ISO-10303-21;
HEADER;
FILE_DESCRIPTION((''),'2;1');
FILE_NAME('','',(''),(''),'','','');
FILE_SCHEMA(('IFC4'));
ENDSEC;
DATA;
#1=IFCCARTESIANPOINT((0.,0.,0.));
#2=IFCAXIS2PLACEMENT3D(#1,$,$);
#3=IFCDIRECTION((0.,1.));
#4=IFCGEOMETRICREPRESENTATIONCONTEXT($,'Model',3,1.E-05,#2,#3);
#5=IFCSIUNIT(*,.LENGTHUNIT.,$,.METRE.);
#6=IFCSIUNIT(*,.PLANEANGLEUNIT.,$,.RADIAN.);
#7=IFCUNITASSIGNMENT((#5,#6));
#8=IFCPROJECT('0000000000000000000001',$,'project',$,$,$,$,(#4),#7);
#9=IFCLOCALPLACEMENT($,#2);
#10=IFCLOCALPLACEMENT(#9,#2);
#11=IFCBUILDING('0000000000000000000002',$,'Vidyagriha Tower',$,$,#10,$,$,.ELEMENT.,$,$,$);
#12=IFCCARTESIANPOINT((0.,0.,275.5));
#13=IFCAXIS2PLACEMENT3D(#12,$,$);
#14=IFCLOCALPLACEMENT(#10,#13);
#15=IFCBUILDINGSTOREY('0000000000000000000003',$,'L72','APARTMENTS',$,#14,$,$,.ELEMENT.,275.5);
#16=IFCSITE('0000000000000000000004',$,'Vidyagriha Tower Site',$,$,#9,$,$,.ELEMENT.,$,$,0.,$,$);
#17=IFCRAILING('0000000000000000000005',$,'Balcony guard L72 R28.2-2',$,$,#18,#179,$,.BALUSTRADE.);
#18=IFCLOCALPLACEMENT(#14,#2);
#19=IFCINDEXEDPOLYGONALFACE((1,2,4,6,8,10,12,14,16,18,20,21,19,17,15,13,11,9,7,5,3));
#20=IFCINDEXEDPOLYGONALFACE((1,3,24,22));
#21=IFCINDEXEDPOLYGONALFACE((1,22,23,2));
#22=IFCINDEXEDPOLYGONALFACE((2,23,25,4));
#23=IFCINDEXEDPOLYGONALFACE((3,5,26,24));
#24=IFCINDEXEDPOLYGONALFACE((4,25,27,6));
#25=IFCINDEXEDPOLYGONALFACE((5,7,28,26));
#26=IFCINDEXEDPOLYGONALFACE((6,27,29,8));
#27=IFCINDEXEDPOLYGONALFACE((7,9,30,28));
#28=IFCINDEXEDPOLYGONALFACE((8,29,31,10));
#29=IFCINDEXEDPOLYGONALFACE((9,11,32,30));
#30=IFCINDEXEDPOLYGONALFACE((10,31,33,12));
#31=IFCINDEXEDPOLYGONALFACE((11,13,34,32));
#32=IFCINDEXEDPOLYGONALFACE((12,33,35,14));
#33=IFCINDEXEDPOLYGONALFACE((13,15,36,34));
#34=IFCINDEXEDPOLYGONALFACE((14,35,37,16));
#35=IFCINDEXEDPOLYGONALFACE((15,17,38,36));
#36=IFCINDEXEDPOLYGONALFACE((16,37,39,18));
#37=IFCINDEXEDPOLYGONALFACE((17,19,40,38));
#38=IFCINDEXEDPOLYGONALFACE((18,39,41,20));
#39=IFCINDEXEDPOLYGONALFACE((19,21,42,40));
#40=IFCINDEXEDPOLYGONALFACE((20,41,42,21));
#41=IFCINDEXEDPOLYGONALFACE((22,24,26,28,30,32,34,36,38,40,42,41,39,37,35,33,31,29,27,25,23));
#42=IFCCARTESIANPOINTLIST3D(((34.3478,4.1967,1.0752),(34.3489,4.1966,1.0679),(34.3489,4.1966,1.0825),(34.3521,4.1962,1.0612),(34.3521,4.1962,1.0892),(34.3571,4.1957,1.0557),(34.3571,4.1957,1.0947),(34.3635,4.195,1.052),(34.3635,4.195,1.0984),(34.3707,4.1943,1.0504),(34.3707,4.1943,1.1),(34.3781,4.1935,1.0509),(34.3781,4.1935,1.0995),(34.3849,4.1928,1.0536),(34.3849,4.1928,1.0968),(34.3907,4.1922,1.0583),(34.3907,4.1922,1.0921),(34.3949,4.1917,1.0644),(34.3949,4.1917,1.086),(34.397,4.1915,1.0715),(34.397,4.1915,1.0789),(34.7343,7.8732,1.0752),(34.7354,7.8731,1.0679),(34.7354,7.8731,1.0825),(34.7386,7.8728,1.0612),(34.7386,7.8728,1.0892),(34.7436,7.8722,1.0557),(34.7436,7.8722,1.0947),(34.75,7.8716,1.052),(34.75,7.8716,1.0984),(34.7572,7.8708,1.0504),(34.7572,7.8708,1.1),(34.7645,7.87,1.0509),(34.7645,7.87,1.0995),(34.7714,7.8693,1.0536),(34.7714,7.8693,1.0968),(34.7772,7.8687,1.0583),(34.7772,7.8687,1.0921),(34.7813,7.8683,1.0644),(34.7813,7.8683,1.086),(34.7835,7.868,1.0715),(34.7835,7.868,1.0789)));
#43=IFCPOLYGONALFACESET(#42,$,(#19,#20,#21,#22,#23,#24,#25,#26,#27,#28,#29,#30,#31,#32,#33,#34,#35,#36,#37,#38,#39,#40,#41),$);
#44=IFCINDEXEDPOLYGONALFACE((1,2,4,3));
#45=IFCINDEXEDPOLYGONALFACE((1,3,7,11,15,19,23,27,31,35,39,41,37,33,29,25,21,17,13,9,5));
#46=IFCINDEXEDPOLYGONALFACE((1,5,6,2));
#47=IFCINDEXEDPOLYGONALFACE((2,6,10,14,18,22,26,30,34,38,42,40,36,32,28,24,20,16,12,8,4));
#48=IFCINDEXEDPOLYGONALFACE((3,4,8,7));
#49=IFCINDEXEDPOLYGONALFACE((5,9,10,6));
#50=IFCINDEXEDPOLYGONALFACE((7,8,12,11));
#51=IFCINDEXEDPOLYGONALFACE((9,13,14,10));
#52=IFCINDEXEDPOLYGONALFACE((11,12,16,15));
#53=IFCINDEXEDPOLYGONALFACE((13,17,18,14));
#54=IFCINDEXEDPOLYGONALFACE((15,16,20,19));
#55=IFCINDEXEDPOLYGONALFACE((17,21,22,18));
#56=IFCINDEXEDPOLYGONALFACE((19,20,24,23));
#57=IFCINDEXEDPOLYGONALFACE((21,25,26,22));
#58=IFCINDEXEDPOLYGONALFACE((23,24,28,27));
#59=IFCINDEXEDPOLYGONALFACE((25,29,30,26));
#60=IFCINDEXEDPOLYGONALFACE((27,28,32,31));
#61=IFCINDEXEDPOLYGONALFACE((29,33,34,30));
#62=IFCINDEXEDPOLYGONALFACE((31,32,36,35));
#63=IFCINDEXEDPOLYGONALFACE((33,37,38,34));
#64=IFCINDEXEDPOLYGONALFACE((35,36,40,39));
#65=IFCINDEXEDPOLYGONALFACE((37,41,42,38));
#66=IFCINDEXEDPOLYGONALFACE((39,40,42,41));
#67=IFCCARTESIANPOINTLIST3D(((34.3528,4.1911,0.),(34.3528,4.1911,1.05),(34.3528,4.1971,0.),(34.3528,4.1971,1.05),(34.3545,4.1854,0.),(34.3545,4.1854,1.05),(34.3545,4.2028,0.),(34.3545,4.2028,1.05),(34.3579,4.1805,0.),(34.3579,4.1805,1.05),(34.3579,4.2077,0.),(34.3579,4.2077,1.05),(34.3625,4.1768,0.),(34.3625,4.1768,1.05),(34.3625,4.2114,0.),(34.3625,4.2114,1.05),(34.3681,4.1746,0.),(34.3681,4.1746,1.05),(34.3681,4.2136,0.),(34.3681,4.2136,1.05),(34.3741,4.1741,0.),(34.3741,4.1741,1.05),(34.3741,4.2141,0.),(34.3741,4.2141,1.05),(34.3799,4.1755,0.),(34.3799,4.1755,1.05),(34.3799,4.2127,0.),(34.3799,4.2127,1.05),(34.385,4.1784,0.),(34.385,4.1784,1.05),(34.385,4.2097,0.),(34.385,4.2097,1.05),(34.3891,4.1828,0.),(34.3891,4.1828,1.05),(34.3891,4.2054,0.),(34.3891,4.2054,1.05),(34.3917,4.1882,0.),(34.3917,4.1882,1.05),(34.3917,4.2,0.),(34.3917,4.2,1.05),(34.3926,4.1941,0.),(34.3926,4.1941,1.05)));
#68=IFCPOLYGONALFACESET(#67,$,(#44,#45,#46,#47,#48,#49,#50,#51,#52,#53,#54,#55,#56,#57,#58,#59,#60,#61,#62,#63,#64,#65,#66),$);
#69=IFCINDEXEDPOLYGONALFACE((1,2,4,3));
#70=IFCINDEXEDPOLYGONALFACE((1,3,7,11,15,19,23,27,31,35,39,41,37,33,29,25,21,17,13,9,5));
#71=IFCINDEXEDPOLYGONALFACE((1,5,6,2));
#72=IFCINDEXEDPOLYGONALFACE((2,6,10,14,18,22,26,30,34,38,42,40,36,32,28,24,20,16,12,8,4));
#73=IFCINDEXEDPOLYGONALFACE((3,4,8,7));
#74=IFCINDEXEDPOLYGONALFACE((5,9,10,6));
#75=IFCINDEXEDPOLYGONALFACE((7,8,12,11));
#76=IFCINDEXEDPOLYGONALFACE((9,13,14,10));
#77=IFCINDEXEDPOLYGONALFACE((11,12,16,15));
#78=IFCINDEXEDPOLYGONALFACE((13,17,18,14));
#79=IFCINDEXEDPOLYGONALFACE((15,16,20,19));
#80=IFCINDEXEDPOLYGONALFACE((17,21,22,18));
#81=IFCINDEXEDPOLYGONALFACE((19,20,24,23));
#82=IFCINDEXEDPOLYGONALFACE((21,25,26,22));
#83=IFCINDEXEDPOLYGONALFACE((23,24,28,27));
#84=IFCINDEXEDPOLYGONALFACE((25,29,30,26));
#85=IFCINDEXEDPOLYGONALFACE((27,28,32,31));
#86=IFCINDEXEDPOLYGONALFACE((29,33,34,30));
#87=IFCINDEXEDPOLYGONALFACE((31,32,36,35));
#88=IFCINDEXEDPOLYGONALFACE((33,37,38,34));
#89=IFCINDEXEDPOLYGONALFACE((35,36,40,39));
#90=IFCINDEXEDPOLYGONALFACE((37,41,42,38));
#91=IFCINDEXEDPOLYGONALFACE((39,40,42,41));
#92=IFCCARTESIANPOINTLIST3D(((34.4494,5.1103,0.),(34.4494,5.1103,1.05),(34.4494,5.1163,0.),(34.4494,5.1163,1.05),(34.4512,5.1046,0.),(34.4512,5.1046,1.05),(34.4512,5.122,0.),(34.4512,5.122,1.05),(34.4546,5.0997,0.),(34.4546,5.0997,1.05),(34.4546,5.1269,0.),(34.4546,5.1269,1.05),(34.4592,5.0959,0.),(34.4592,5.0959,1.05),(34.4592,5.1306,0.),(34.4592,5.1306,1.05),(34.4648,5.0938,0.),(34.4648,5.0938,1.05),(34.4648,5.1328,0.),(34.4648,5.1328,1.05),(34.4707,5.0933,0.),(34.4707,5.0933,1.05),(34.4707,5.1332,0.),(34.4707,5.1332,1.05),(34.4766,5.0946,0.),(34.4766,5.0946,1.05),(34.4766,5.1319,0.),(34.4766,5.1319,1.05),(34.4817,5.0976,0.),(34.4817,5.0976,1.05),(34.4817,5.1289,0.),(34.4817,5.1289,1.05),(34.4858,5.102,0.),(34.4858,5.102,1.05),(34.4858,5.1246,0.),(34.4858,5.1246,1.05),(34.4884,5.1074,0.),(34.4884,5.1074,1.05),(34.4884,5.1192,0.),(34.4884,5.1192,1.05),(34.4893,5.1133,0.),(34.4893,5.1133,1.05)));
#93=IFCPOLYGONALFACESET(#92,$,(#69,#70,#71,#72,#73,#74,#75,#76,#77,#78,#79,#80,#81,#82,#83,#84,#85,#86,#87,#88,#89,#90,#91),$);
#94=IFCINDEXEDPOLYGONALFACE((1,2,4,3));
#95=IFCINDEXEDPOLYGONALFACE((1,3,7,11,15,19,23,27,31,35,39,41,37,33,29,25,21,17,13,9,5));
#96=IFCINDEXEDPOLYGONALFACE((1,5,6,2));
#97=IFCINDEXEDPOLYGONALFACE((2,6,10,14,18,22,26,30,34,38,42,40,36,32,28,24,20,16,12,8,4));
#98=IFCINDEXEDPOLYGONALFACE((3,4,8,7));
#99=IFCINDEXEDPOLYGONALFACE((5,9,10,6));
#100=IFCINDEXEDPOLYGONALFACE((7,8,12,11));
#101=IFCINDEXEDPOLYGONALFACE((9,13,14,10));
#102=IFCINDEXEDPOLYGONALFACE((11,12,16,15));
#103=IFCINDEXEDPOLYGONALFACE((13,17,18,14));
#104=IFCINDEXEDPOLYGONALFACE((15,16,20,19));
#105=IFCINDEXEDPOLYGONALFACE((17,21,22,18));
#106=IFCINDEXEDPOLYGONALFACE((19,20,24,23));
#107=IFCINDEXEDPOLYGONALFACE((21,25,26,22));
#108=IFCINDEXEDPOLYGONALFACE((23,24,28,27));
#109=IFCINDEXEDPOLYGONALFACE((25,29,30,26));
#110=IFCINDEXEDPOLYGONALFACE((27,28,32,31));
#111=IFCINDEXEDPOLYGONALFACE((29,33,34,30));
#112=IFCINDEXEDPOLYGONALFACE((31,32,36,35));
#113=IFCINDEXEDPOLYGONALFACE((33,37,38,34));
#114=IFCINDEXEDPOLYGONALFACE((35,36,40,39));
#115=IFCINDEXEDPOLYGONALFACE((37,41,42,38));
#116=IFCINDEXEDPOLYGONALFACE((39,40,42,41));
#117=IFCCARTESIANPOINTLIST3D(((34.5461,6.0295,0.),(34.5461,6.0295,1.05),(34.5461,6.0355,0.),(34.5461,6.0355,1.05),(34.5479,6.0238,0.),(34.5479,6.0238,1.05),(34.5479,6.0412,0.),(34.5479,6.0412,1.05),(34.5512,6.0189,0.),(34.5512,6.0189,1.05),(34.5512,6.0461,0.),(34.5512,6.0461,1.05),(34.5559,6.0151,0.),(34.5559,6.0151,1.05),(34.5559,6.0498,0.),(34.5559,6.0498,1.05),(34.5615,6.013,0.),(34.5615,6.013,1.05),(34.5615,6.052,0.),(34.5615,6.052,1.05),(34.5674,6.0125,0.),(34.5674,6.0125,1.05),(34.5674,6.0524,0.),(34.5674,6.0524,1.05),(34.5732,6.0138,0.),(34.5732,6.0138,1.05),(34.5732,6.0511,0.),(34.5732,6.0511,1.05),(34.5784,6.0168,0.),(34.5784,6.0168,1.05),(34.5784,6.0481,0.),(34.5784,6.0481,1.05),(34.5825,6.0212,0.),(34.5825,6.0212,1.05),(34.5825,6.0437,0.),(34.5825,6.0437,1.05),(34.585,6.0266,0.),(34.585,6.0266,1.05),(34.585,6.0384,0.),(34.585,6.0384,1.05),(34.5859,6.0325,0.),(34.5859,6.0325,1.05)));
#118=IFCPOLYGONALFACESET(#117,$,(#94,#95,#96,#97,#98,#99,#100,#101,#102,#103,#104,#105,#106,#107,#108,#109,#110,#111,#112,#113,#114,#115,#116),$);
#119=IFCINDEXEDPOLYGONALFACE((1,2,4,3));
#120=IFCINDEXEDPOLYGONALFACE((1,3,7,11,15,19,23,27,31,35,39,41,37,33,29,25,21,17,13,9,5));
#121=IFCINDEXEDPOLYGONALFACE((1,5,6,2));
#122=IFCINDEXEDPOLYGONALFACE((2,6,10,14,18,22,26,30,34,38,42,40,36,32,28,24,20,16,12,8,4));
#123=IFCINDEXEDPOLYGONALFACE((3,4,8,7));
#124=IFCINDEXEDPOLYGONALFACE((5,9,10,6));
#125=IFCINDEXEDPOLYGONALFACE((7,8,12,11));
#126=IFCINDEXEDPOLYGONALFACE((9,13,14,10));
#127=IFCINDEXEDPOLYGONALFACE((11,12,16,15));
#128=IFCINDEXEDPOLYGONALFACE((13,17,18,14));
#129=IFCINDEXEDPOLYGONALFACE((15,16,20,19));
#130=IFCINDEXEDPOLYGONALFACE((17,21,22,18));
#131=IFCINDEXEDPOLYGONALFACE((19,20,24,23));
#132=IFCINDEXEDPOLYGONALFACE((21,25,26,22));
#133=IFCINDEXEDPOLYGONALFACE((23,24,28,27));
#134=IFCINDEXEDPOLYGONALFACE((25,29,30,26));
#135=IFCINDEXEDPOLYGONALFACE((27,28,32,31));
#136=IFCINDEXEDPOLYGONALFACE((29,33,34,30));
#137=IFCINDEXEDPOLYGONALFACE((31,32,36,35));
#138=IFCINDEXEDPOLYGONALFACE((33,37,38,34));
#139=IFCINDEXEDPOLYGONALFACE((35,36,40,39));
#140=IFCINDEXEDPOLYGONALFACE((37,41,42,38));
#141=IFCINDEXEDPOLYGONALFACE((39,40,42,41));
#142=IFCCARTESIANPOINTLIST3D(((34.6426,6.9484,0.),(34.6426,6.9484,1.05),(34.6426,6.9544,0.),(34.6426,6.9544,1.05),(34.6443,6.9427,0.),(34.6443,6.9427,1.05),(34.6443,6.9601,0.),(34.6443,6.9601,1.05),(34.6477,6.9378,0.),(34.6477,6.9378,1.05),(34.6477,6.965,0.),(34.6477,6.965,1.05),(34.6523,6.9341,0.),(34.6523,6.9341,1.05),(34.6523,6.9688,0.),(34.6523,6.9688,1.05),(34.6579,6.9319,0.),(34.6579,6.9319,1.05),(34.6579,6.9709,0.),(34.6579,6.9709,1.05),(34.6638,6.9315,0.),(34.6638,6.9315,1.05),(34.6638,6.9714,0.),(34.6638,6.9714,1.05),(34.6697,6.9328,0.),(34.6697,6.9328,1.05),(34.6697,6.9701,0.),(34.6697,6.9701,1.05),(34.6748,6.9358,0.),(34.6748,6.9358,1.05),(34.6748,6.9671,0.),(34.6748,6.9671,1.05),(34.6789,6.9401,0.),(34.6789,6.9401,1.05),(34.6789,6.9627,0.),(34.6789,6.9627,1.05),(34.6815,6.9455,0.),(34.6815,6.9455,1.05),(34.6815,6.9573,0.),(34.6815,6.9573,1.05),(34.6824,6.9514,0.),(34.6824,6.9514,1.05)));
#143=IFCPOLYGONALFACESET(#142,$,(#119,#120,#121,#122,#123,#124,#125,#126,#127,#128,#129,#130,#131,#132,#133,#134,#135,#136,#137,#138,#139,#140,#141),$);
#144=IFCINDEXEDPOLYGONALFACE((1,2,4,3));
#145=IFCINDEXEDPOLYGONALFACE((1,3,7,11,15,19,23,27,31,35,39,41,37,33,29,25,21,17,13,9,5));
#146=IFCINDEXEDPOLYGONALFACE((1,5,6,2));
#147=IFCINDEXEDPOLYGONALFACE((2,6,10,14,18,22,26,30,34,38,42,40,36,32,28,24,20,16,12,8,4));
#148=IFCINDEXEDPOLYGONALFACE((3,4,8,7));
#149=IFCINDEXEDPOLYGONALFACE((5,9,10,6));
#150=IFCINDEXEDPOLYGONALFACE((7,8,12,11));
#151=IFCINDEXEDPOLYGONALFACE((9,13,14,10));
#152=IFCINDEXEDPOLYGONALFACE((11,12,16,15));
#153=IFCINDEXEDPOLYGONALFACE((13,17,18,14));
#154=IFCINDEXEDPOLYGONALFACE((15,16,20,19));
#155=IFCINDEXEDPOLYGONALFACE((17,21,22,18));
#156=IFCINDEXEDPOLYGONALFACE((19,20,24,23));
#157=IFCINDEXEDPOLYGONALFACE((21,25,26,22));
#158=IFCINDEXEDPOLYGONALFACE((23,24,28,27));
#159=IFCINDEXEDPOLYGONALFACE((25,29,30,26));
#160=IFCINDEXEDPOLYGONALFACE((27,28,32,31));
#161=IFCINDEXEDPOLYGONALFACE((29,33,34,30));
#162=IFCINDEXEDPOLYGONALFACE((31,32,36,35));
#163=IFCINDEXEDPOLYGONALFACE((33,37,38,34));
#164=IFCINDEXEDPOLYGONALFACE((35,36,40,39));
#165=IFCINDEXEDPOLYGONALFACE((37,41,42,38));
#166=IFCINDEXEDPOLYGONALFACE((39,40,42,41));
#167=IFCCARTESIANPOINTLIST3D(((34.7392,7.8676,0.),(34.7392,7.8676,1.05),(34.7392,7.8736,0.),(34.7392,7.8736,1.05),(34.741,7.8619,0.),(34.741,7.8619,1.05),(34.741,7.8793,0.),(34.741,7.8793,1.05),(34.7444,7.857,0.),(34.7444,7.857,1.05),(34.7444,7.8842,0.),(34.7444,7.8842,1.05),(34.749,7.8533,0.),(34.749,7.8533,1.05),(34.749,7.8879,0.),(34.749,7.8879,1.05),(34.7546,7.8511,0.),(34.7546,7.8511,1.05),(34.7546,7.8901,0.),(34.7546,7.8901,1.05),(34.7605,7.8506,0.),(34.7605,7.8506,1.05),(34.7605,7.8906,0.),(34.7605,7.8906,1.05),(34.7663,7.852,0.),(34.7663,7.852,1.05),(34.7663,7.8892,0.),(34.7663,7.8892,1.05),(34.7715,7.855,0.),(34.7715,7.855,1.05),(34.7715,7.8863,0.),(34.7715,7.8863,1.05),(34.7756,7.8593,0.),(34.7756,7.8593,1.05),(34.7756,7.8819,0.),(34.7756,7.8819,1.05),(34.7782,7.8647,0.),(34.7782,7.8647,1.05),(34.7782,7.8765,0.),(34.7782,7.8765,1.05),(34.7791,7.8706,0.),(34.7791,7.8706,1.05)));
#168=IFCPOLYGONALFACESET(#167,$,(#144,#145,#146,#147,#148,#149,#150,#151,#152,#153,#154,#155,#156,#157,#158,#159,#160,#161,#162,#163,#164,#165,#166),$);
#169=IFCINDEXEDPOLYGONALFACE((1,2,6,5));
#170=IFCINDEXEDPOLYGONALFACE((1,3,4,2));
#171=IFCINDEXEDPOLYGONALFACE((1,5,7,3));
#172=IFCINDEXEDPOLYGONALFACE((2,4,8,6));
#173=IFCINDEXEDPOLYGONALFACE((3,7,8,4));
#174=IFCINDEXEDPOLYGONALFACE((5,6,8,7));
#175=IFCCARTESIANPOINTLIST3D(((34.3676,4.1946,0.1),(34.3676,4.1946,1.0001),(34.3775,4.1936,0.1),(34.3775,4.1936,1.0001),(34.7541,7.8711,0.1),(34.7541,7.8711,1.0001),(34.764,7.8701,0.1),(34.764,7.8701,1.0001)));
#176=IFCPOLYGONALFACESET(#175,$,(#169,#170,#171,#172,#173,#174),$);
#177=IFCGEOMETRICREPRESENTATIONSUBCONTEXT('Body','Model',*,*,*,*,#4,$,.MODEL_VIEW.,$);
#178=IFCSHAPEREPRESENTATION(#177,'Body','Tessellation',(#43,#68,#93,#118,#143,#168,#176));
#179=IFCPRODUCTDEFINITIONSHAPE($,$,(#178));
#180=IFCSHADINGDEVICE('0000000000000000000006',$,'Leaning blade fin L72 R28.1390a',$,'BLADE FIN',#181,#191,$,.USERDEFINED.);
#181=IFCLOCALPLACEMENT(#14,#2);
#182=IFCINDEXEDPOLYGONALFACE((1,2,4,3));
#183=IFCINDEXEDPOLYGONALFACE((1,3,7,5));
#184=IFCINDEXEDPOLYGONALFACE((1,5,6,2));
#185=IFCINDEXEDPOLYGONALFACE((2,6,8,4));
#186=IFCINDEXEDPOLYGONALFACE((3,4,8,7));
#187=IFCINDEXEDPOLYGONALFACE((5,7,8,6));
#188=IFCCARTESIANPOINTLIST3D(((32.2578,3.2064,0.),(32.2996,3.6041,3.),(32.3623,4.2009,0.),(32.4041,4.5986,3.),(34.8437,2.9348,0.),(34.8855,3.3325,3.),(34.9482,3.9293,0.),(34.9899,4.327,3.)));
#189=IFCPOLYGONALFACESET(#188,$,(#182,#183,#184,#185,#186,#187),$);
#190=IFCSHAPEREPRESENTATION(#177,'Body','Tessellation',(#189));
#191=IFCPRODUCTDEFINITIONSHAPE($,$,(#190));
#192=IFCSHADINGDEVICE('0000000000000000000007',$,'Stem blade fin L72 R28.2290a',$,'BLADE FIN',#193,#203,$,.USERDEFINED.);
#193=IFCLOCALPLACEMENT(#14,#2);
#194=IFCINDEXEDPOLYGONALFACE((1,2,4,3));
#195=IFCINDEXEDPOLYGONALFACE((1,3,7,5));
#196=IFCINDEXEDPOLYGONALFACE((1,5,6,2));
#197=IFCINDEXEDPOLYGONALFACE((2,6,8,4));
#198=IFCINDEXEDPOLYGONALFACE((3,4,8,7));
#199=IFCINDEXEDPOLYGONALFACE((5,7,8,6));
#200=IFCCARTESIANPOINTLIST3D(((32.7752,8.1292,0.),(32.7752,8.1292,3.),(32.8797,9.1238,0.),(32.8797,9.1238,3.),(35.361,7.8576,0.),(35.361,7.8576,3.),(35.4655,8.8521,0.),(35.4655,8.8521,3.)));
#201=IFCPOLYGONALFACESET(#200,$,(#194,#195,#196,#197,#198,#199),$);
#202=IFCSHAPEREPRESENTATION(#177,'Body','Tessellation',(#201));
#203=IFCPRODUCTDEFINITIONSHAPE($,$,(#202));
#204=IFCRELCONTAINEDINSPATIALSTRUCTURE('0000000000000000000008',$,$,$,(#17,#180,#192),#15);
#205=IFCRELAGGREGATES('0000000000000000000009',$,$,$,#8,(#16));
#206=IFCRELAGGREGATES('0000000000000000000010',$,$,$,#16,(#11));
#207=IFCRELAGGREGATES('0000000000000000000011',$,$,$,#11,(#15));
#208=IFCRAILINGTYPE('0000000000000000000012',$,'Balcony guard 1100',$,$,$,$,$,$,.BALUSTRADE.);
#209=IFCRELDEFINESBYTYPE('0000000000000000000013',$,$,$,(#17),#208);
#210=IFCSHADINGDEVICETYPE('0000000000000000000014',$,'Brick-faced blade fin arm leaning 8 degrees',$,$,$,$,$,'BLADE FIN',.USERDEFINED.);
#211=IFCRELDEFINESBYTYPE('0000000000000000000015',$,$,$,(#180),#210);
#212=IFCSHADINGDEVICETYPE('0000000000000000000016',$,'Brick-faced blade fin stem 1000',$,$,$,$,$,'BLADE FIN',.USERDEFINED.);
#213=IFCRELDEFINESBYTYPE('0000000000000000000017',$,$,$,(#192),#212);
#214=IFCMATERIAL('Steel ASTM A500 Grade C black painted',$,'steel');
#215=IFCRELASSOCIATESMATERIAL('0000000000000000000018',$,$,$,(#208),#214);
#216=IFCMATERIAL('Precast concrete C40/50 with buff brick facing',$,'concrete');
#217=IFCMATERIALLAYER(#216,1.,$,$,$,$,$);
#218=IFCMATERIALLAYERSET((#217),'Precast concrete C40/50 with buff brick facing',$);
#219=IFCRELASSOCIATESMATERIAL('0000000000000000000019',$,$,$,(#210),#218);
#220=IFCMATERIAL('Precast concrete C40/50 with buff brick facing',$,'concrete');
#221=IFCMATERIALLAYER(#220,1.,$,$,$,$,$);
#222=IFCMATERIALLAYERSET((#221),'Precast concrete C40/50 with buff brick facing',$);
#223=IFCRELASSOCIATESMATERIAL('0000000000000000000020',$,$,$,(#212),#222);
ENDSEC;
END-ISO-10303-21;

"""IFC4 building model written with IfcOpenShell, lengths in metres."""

from ifc_helpers import new_model, si_unit, direction, frame, origin, origin_2d, place, context, subcontext, project, spatial, polyline, rectangle, circle, outline, extrude, material, layer, layer_set, type_object, element, save


model = new_model("IFC4")

# Units and contexts
model_context = context("Model", 3, precision=1e-05, world=origin(), true_north=direction((0.0, 1.0)))
body_context = subcontext(model_context, "Body", "Model", "MODEL_VIEW")
ifc_project = project(units=[si_unit("LENGTHUNIT", "METRE"), si_unit("PLANEANGLEUNIT", "RADIAN")], contexts=[model_context])

# Site, building, storey
site_placement = place(None, origin())
site = spatial("IfcSite", under=ifc_project, at=site_placement, Name="Vidyagriha Tower Site", CompositionType="ELEMENT", RefElevation=0.0)
building_placement = place(site_placement, origin())
building = spatial("IfcBuilding", under=site, at=building_placement, Name="Vidyagriha Tower", CompositionType="ELEMENT")
storey_placement = place(building_placement, frame((0.0, 0.0, 275.5)))
storey = spatial("IfcBuildingStorey", under=building, at=storey_placement, Name="L72", Description="APARTMENTS", CompositionType="ELEMENT", Elevation=275.5)

# Railing
ifc_material_1 = material(Name="Steel ASTM A500 Grade C black painted", Category="steel")
railing_type_1 = type_object("IfcRailingType", Name="Balcony guard 1100", PredefinedType="BALUSTRADE", material=ifc_material_1)
railing_1_placement = place(storey_placement, frame((34.3726, 4.1941, 0.0)))
element("IfcRailing", 1, at=railing_1_placement, inside=storey, type_object=railing_type_1, Name="Balcony guard L72 R28.2-2", PredefinedType="BALUSTRADE", context=body_context, shape_type="SweptSolid", body=[
    extrude(circle(Radius=0.0249, at=origin_2d()), frame((0.0, 0.0, 1.0752), z_axis=(0.104544, 0.99452, 0.0), x_axis=(-0.99452, 0.104544, 0.0)), (0.0, 0.0, 1.0), 3.6968),
    extrude(circle(Radius=0.02, at=origin_2d()), origin(), (0.0, 0.0, 1.0), 1.05),
    extrude(circle(Radius=0.02, at=origin_2d()), frame((0.0967, 0.9192, 0.0)), (0.0, 0.0, 1.0), 1.05),
    extrude(circle(Radius=0.02, at=origin_2d()), frame((0.1934, 1.8384, 0.0)), (0.0, 0.0, 1.0), 1.05),
    extrude(circle(Radius=0.02, at=origin_2d()), frame((0.2898, 2.7573, 0.0)), (0.0, 0.0, 1.0), 1.05),
    extrude(circle(Radius=0.02, at=origin_2d()), frame((0.3865, 3.6765, 0.0)), (0.0, 0.0, 1.0), 1.05),
    extrude(rectangle(XDim=0.01, YDim=0.9001, at=origin_2d()), frame((0.0, 0.0, 0.55), z_axis=(0.104544, 0.99452, 0.0), x_axis=(-0.99452, 0.104544, 0.0)), (0.0, 0.0, 1.0), 3.6968),
])

# Shading devices
ifc_material_2 = material(Name="Precast concrete C40/50 with buff brick facing", Category="concrete")
ifc_layer_1 = layer(ifc_material_2, 1.0)
ifc_layer_set_1 = layer_set([ifc_layer_1], Name="Precast concrete C40/50 with buff brick facing")
shading_device_type_1 = type_object("IfcShadingDeviceType", Name="Brick-faced blade fin arm leaning 8 degrees", ElementType="BLADE FIN", PredefinedType="USERDEFINED", material=ifc_layer_set_1)
shading_device_1_placement = place(storey_placement, frame((33.5508, 3.0706, 0.0), z_axis=(0.0, 0.0, 1.0), x_axis=(0.104458, 0.994529, 0.0)))
element("IfcShadingDevice", 2, at=shading_device_1_placement, inside=storey, type_object=shading_device_type_1, Name="Leaning blade fin L72 R28.1390a", ObjectType="BLADE FIN", PredefinedType="USERDEFINED", context=body_context, shape_type="SweptSolid", body=[
    extrude(outline(polyline([(0.0, 0.0), (1.0, 0.0), (1.3999, 3.0), (0.3999, 3.0), (0.0, 0.0)])), frame((0.0, 1.3, 0.0), z_axis=(0.0, -1.0, 0.0), x_axis=(1.0, 0.0, 0.0)), (0.0, 0.0, 1.0), 2.6001),
])
ifc_material_3 = material(Name="Precast concrete C40/50 with buff brick facing", Category="concrete")
ifc_layer_2 = layer(ifc_material_3, 1.0)
ifc_layer_set_2 = layer_set([ifc_layer_2], Name="Precast concrete C40/50 with buff brick facing")
shading_device_type_2 = type_object("IfcShadingDeviceType", Name="Brick-faced blade fin stem 1000", ElementType="BLADE FIN", PredefinedType="USERDEFINED", material=ifc_layer_set_2)
shading_device_2_placement = place(storey_placement, frame((34.0681, 7.9934, 0.0), z_axis=(0.0, 0.0, 1.0), x_axis=(0.104481, 0.994527, 0.0)))
element("IfcShadingDevice", 3, at=shading_device_2_placement, inside=storey, type_object=shading_device_type_2, Name="Stem blade fin L72 R28.2290a", ObjectType="BLADE FIN", PredefinedType="USERDEFINED", context=body_context, shape_type="SweptSolid", body=[
    extrude(outline(polyline([(0.0, 0.0), (1.0, 0.0), (1.0, 3.0), (0.0, 3.0), (0.0, 0.0)])), frame((0.0, 1.3, 0.0), z_axis=(0.0, -1.0, 0.0), x_axis=(1.0, 0.0, 0.0)), (0.0, 0.0, 1.0), 2.6001),
])

save(model, "model.ifc")
